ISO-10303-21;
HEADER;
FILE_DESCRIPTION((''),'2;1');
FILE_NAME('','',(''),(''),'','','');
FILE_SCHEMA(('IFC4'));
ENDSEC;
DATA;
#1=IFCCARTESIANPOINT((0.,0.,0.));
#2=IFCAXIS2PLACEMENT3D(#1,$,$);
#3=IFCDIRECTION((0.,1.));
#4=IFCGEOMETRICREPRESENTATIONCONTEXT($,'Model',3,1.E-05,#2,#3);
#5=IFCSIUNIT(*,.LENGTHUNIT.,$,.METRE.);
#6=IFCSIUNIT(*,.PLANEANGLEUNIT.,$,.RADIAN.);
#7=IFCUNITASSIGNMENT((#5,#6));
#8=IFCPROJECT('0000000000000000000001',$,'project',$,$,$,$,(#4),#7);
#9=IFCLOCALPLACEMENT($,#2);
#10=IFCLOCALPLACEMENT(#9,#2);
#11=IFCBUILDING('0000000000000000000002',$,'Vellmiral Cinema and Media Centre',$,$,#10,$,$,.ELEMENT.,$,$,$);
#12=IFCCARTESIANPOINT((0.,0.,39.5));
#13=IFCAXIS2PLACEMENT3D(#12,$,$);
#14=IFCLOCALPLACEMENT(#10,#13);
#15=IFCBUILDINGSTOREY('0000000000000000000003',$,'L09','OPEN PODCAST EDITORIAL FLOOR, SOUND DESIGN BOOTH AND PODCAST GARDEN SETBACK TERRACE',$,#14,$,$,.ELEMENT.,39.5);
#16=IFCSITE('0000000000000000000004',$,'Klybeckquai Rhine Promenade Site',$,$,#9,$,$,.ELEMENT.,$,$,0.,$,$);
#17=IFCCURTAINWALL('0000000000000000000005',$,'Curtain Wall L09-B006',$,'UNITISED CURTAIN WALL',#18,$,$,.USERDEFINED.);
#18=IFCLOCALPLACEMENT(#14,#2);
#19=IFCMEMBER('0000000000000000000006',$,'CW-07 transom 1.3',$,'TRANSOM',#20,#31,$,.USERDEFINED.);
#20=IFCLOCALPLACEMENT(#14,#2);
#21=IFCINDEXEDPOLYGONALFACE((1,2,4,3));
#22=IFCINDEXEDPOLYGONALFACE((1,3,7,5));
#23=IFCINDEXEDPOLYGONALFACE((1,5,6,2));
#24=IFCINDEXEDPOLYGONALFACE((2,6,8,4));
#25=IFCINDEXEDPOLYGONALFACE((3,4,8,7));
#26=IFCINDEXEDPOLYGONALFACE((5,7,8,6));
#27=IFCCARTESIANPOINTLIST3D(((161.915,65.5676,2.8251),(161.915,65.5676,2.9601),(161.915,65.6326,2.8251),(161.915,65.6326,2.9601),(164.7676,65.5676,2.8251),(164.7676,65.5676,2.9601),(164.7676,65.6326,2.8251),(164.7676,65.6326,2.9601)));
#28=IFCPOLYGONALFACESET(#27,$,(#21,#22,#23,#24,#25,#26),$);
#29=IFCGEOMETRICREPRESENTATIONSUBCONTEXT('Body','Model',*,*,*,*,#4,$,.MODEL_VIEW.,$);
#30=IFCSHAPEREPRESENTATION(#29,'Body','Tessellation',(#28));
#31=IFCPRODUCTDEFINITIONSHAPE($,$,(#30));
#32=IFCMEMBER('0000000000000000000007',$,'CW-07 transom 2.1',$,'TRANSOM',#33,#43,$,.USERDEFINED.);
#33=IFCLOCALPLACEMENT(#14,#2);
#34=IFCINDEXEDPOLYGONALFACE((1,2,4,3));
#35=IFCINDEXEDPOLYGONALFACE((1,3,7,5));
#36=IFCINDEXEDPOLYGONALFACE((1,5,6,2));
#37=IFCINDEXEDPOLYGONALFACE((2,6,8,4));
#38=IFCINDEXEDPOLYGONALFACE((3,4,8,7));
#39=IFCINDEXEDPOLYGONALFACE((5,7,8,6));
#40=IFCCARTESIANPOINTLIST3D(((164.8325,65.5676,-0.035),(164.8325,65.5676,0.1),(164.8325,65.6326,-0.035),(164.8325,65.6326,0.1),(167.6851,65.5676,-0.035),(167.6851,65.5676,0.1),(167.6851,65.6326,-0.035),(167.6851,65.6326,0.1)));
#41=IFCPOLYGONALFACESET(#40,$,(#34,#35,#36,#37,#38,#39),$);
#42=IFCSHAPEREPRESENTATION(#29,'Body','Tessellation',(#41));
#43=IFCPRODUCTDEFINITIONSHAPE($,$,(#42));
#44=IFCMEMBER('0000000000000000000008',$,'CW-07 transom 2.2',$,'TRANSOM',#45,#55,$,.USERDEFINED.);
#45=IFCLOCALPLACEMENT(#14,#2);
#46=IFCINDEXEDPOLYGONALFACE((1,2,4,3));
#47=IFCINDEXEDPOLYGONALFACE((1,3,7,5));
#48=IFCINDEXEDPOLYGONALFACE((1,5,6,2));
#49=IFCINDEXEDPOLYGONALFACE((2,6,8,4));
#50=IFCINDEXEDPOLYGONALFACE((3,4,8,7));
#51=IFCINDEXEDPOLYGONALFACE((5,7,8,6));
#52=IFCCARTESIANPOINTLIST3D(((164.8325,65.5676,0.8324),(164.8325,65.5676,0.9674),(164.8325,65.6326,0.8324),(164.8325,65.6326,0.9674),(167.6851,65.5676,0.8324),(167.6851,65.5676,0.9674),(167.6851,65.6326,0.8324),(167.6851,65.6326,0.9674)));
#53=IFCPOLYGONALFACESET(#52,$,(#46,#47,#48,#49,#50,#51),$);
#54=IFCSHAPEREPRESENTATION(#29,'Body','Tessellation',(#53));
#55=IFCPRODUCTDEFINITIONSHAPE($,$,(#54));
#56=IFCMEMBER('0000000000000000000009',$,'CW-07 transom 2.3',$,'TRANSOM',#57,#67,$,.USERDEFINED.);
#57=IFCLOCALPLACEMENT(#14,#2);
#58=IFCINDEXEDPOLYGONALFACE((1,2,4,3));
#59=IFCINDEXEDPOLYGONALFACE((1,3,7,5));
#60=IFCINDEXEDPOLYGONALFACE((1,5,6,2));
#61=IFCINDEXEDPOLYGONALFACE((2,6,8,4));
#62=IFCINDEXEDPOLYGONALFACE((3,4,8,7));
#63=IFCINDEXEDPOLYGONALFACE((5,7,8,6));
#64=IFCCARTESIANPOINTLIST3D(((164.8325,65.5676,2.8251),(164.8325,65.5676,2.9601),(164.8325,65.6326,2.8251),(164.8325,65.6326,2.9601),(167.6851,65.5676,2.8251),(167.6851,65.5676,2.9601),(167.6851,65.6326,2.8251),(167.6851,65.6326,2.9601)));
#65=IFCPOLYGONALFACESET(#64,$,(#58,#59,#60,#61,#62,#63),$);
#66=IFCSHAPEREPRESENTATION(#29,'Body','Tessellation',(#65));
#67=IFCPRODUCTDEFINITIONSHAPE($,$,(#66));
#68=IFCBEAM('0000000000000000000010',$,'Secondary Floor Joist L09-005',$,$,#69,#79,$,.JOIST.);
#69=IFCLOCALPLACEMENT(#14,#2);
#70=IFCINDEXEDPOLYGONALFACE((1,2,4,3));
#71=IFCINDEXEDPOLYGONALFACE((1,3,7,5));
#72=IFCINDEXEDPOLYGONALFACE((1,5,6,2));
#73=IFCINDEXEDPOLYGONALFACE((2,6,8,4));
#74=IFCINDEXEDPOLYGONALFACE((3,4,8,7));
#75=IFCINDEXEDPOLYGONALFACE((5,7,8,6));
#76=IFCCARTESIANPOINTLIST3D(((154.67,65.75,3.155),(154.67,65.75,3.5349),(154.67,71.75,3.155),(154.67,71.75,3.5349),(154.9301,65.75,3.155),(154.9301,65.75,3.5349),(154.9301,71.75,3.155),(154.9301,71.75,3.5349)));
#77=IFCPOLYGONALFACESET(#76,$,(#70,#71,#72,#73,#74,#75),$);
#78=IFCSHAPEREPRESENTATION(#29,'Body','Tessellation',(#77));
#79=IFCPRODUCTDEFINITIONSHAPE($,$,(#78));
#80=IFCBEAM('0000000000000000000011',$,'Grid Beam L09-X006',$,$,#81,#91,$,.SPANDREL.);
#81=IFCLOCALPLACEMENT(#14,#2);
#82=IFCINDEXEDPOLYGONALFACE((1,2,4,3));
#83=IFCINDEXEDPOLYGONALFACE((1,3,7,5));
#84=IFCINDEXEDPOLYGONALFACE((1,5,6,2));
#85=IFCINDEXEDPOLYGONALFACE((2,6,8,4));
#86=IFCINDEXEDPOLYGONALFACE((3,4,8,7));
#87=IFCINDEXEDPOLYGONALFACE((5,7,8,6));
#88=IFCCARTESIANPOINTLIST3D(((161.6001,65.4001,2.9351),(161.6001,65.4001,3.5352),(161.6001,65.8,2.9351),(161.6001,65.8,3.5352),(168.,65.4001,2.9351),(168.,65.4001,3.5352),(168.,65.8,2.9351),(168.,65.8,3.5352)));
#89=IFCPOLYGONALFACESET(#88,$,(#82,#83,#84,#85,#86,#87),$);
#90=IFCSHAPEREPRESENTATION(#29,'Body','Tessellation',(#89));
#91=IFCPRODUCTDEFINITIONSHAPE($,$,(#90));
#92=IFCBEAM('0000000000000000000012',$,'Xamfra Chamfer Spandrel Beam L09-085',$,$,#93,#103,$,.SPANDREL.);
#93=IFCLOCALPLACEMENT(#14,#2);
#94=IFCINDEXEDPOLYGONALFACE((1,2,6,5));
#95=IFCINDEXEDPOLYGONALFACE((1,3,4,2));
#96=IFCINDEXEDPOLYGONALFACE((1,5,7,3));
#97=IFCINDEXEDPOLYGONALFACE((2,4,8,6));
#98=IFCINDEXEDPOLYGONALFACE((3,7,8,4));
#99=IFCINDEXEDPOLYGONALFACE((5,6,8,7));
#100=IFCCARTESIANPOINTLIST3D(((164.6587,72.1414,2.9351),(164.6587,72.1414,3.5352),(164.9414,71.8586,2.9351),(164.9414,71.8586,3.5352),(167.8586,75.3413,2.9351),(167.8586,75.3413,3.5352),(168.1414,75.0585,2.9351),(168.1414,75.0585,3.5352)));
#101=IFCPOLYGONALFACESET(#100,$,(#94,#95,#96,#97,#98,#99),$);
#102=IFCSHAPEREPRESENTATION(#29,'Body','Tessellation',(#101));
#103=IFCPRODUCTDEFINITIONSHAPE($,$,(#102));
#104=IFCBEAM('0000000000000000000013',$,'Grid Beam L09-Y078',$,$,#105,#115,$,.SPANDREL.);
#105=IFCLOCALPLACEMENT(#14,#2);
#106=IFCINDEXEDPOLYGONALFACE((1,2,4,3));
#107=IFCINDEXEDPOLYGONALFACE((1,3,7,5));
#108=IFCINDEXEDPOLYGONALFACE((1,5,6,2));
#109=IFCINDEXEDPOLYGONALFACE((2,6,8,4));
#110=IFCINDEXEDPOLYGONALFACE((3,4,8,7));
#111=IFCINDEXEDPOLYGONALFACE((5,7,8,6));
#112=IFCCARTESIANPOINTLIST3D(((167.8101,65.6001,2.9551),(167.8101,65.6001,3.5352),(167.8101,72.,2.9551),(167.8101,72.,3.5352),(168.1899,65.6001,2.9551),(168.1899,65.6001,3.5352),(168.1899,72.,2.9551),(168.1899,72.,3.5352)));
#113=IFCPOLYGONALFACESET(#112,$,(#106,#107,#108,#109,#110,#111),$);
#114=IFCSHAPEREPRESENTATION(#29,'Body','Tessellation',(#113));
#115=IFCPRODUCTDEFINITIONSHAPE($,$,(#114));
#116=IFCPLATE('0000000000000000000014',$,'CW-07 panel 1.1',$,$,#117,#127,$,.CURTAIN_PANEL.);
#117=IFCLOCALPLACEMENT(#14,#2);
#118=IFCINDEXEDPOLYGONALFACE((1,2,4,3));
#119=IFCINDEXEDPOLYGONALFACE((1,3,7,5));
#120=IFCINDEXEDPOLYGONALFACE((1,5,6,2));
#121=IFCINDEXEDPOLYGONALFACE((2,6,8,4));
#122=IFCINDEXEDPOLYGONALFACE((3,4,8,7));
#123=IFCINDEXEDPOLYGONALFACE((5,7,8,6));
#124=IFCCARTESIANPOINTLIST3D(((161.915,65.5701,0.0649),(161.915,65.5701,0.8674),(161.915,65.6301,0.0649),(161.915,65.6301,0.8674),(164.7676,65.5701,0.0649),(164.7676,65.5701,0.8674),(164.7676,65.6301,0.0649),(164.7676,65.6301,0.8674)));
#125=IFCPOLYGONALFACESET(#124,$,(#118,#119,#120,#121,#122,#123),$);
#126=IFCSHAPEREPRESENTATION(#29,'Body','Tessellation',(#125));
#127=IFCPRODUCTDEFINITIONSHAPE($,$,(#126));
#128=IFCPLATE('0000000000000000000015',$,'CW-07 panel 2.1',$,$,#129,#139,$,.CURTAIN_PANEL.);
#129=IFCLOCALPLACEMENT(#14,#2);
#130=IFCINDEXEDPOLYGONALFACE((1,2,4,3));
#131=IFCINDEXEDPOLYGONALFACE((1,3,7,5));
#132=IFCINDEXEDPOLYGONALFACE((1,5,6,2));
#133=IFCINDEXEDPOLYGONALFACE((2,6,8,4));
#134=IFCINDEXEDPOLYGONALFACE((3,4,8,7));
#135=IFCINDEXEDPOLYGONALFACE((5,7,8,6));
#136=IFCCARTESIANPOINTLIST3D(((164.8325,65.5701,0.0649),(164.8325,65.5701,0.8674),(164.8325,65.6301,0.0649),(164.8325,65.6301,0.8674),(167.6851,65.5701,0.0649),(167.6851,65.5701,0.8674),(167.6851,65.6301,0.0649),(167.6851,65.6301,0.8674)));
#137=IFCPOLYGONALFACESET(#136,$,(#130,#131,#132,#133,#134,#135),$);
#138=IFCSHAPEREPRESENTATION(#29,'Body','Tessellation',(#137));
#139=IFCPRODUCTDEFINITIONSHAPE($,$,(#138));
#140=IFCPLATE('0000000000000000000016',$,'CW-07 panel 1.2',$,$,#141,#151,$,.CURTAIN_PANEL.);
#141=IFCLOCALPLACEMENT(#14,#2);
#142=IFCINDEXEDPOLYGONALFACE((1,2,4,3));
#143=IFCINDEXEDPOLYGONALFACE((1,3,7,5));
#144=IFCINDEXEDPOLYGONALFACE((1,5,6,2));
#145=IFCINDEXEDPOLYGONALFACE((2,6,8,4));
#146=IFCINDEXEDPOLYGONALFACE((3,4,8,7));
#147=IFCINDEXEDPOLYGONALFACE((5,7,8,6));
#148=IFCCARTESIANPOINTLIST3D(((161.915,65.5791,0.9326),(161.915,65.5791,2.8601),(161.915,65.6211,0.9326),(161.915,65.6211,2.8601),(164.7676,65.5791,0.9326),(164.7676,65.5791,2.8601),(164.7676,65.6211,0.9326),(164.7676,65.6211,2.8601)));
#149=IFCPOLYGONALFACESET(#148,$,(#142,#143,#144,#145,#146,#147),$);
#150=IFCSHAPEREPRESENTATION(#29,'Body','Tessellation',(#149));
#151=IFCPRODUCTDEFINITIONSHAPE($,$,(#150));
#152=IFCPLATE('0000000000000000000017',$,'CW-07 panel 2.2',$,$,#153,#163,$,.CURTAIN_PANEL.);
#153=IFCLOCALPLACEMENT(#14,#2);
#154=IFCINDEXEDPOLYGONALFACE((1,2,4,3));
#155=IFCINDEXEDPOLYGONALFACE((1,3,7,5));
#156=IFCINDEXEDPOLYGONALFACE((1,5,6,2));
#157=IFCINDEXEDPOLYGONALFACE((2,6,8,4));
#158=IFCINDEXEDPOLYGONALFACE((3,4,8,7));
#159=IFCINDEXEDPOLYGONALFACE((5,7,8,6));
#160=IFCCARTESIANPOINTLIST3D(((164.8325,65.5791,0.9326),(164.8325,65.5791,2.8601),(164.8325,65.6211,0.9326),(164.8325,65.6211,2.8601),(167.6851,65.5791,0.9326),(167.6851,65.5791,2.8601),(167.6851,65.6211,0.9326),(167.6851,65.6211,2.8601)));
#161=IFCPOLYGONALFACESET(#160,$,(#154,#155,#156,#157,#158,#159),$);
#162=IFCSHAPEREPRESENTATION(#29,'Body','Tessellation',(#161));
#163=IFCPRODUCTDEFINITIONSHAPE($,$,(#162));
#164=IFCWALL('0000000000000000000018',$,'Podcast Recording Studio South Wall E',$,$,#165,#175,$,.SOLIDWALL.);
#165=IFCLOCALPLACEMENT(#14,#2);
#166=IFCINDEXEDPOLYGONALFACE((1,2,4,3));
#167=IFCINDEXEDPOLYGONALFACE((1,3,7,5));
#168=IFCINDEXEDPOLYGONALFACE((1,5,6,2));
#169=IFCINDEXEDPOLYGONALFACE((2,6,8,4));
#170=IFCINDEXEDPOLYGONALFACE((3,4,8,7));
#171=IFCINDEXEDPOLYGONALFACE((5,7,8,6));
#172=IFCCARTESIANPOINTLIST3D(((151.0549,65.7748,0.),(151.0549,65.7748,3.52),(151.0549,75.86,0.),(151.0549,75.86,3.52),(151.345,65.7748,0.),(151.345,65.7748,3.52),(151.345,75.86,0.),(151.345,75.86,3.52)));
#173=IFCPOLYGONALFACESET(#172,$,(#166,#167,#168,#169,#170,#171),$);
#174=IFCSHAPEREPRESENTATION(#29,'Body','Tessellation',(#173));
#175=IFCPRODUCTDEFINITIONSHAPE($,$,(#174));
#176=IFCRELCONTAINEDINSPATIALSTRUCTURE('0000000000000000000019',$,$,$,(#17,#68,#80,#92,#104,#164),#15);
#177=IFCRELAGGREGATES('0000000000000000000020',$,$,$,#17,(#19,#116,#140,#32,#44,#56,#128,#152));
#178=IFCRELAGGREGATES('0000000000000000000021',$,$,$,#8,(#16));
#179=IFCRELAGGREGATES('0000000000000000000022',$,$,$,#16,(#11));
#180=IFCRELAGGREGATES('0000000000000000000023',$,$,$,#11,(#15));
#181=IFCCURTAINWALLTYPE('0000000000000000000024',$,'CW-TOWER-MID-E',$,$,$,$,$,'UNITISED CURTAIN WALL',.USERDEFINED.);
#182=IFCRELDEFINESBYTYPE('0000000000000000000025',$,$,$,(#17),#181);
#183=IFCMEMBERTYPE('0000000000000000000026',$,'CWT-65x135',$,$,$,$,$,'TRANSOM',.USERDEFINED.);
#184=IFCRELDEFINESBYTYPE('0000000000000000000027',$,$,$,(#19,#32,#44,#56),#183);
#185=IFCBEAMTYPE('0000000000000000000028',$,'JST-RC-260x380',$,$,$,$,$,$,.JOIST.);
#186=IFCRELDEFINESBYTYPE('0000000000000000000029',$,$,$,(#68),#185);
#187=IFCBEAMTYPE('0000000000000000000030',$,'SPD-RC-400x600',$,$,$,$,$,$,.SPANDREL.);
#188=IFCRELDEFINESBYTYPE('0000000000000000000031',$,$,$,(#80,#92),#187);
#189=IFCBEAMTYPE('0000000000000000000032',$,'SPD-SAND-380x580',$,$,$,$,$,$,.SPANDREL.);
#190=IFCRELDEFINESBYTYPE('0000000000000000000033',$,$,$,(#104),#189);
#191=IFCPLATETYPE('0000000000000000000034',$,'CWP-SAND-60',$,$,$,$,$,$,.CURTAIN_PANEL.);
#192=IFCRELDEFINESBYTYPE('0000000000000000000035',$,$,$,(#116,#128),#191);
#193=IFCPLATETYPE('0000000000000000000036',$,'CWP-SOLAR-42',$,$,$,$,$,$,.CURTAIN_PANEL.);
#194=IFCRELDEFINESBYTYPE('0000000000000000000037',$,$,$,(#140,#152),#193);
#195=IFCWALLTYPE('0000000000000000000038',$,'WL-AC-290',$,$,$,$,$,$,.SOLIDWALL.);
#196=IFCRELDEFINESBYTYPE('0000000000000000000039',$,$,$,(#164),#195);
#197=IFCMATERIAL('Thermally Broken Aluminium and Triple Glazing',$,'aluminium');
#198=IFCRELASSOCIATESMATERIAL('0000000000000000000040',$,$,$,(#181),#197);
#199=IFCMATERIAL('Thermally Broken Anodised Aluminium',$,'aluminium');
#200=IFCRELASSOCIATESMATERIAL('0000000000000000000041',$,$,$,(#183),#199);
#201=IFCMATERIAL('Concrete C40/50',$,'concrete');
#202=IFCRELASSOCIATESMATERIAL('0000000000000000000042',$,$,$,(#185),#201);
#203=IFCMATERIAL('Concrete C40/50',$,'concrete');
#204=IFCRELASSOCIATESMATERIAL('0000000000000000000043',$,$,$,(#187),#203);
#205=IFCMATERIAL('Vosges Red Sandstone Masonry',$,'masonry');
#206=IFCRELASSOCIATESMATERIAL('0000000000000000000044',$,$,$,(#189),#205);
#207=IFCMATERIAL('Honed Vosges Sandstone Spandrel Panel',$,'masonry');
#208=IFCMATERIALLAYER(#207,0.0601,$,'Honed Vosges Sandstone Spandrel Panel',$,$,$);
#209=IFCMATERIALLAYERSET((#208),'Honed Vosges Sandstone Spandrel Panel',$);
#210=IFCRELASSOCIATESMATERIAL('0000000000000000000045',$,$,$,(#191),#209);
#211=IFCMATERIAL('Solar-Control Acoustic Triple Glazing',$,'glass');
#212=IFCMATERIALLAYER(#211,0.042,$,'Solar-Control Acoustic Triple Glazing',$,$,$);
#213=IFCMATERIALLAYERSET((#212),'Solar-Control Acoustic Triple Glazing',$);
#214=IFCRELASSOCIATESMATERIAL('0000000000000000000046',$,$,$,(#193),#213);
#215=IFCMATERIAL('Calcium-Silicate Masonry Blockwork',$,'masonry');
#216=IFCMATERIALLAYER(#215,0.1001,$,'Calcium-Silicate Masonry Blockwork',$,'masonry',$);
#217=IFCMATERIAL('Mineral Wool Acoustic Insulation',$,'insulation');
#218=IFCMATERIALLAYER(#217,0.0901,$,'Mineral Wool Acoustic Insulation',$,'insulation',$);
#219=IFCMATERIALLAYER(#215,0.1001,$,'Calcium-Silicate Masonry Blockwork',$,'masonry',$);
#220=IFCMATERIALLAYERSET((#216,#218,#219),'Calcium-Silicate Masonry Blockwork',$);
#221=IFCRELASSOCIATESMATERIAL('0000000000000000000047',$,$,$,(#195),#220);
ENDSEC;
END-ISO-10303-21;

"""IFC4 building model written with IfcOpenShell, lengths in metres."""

from ifc_helpers import new_model, si_unit, direction, frame, frame_2d, origin, origin_2d, place, context, subcontext, project, spatial, rectangle, extrude, material, layer, layer_set, material_profile, profile_set, type_object, element, aggregate, save


model = new_model("IFC4")

# Units and contexts
model_context = context("Model", 3, precision=1e-05, world=origin(), true_north=direction((0.0, 1.0)))
body_context = subcontext(model_context, "Body", "Model", "MODEL_VIEW")
ifc_project = project(units=[si_unit("LENGTHUNIT", "METRE"), si_unit("PLANEANGLEUNIT", "RADIAN")], contexts=[model_context])

# Site, building, storey
site_placement = place(None, origin())
site = spatial("IfcSite", under=ifc_project, at=site_placement, Name="Klybeckquai Rhine Promenade Site", CompositionType="ELEMENT", RefElevation=0.0)
building_placement = place(site_placement, origin())
building = spatial("IfcBuilding", under=site, at=building_placement, Name="Vellmiral Cinema and Media Centre", CompositionType="ELEMENT")
storey_placement = place(building_placement, frame((0.0, 0.0, 39.5)))
storey = spatial("IfcBuildingStorey", under=building, at=storey_placement, Name="L09", Description="OPEN PODCAST EDITORIAL FLOOR, SOUND DESIGN BOOTH AND PODCAST GARDEN SETBACK TERRACE", CompositionType="ELEMENT", Elevation=39.5)

# Curtain wall, members
ifc_material_1 = material(Name="Thermally Broken Aluminium and Triple Glazing", Category="aluminium")
curtain_wall_type = type_object("IfcCurtainWallType", Name="CW-TOWER-MID-E", ElementType="UNITISED CURTAIN WALL", PredefinedType="USERDEFINED", material=ifc_material_1)
curtain_wall_placement = place(storey_placement, origin())
curtain_wall = element("IfcCurtainWall", 1, at=curtain_wall_placement, inside=storey, type_object=curtain_wall_type, Name="Curtain Wall L09-B006", ObjectType="UNITISED CURTAIN WALL", PredefinedType="USERDEFINED")
ifc_material_2 = material(Name="Thermally Broken Anodised Aluminium", Category="aluminium")
ifc_material_profile_1 = material_profile(ifc_material_2, rectangle(XDim=0.0649, YDim=0.135, at=origin_2d()), Name="MULL 65x135")
ifc_profile_set_1 = profile_set([ifc_material_profile_1], Name="Thermally Broken Anodised Aluminium")
member_type_1 = type_object("IfcMemberType", Name="CWT-65x135", ElementType="TRANSOM", PredefinedType="USERDEFINED", material=ifc_profile_set_1)
member_1_placement = place(storey_placement, frame((161.915, 65.6001, 2.8926), z_axis=(1.0, 0.0, 0.0), x_axis=(0.0, 1.0, 0.0)))
member_1 = element("IfcMember", 2, at=member_1_placement, type_object=member_type_1, Name="CW-07 transom 1.3", ObjectType="TRANSOM", PredefinedType="USERDEFINED", context=body_context, shape_type="SweptSolid", body=[
    extrude(rectangle(XDim=0.0649, YDim=0.135, at=origin_2d()), origin(), (0.0, 0.0, 1.0), 2.8525),
])
member_2_placement = place(storey_placement, frame((164.8325, 65.6001, 0.0325), z_axis=(1.0, 0.0, 0.0), x_axis=(0.0, 1.0, 0.0)))
member_2 = element("IfcMember", 3, at=member_2_placement, type_object=member_type_1, Name="CW-07 transom 2.1", ObjectType="TRANSOM", PredefinedType="USERDEFINED", context=body_context, shape_type="SweptSolid", body=[
    extrude(rectangle(XDim=0.0649, YDim=0.135, at=origin_2d()), origin(), (0.0, 0.0, 1.0), 2.8525),
])
member_3_placement = place(storey_placement, frame((164.8325, 65.6001, 0.8999), z_axis=(1.0, 0.0, 0.0), x_axis=(0.0, 1.0, 0.0)))
member_3 = element("IfcMember", 4, at=member_3_placement, type_object=member_type_1, Name="CW-07 transom 2.2", ObjectType="TRANSOM", PredefinedType="USERDEFINED", context=body_context, shape_type="SweptSolid", body=[
    extrude(rectangle(XDim=0.0649, YDim=0.135, at=origin_2d()), origin(), (0.0, 0.0, 1.0), 2.8525),
])
member_4_placement = place(storey_placement, frame((164.8325, 65.6001, 2.8926), z_axis=(1.0, 0.0, 0.0), x_axis=(0.0, 1.0, 0.0)))
member_4 = element("IfcMember", 5, at=member_4_placement, type_object=member_type_1, Name="CW-07 transom 2.3", ObjectType="TRANSOM", PredefinedType="USERDEFINED", context=body_context, shape_type="SweptSolid", body=[
    extrude(rectangle(XDim=0.0649, YDim=0.135, at=origin_2d()), origin(), (0.0, 0.0, 1.0), 2.8525),
])

# Beams
ifc_material_3 = material(Name="Concrete C40/50", Category="concrete")
ifc_material_profile_2 = material_profile(ifc_material_3, rectangle(XDim=0.26, YDim=0.3799, at=origin_2d()), Name="RC 260x380")
ifc_profile_set_2 = profile_set([ifc_material_profile_2], Name="Concrete C40/50")
beam_type_1 = type_object("IfcBeamType", Name="JST-RC-260x380", PredefinedType="JOIST", material=ifc_profile_set_2)
beam_1_placement = place(storey_placement, frame((154.8, 65.75, 3.345), z_axis=(0.0, 1.0, 0.0), x_axis=(-1.0, 0.0, 0.0)))
element("IfcBeam", 6, at=beam_1_placement, inside=storey, type_object=beam_type_1, Name="Secondary Floor Joist L09-005", PredefinedType="JOIST", context=body_context, shape_type="SweptSolid", body=[
    extrude(rectangle(XDim=0.26, YDim=0.3799, at=origin_2d()), origin(), (0.0, 0.0, 1.0), 6.0),
])
ifc_material_4 = material(Name="Concrete C40/50", Category="concrete")
ifc_material_profile_3 = material_profile(ifc_material_4, rectangle(XDim=0.3999, YDim=0.6001, at=origin_2d()), Name="RC 400x600")
ifc_profile_set_3 = profile_set([ifc_material_profile_3], Name="Concrete C40/50")
beam_type_2 = type_object("IfcBeamType", Name="SPD-RC-400x600", PredefinedType="SPANDREL", material=ifc_profile_set_3)
beam_2_placement = place(storey_placement, frame((161.6001, 65.6001, 3.2351), z_axis=(1.0, 0.0, 0.0), x_axis=(0.0, 1.0, 0.0)))
element("IfcBeam", 7, at=beam_2_placement, inside=storey, type_object=beam_type_2, Name="Grid Beam L09-X006", PredefinedType="SPANDREL", context=body_context, shape_type="SweptSolid", body=[
    extrude(rectangle(XDim=0.3999, YDim=0.6001, at=origin_2d()), origin(), (0.0, 0.0, 1.0), 6.3999),
])
beam_3_placement = place(storey_placement, frame((164.8, 72.0, 3.2351), z_axis=(0.707107, 0.707107, 0.0), x_axis=(-0.707107, 0.707107, 0.0)))
element("IfcBeam", 8, at=beam_3_placement, inside=storey, type_object=beam_type_2, Name="Xamfra Chamfer Spandrel Beam L09-085", PredefinedType="SPANDREL", context=body_context, shape_type="SweptSolid", body=[
    extrude(rectangle(XDim=0.3999, YDim=0.6001, at=origin_2d()), origin(), (0.0, 0.0, 1.0), 4.5254),
])
ifc_material_5 = material(Name="Vosges Red Sandstone Masonry", Category="masonry")
ifc_material_profile_4 = material_profile(ifc_material_5, rectangle(XDim=0.3799, YDim=0.5801, at=origin_2d()), Name="SAND 380x580")
ifc_profile_set_4 = profile_set([ifc_material_profile_4], Name="Vosges Red Sandstone Masonry")
beam_type_3 = type_object("IfcBeamType", Name="SPD-SAND-380x580", PredefinedType="SPANDREL", material=ifc_profile_set_4)
beam_4_placement = place(storey_placement, frame((168.0, 65.6001, 3.2451), z_axis=(0.0, 1.0, 0.0), x_axis=(-1.0, 0.0, 0.0)))
element("IfcBeam", 9, at=beam_4_placement, inside=storey, type_object=beam_type_3, Name="Grid Beam L09-Y078", PredefinedType="SPANDREL", context=body_context, shape_type="SweptSolid", body=[
    extrude(rectangle(XDim=0.3799, YDim=0.5801, at=origin_2d()), origin(), (0.0, 0.0, 1.0), 6.3999),
])

# Plates
ifc_material_6 = material(Name="Honed Vosges Sandstone Spandrel Panel", Category="masonry")
ifc_layer_1 = layer(ifc_material_6, 0.0601, Name="Honed Vosges Sandstone Spandrel Panel")
ifc_layer_set_1 = layer_set([ifc_layer_1], Name="Honed Vosges Sandstone Spandrel Panel")
plate_type_1 = type_object("IfcPlateType", Name="CWP-SAND-60", PredefinedType="CURTAIN_PANEL", material=ifc_layer_set_1)
plate_1_placement = place(storey_placement, frame((163.3413, 65.6001, 0.0649), z_axis=(0.0, 0.0, 1.0), x_axis=(1.0, 0.0, 0.0)))
plate_1 = element("IfcPlate", 10, at=plate_1_placement, type_object=plate_type_1, Name="CW-07 panel 1.1", PredefinedType="CURTAIN_PANEL", context=body_context, shape_type="SweptSolid", body=[
    extrude(rectangle(XDim=2.8525, YDim=0.0601, at=origin_2d()), origin(), (0.0, 0.0, 1.0), 0.8025),
])
plate_2_placement = place(storey_placement, frame((166.2588, 65.6001, 0.0649), z_axis=(0.0, 0.0, 1.0), x_axis=(1.0, 0.0, 0.0)))
plate_2 = element("IfcPlate", 11, at=plate_2_placement, type_object=plate_type_1, Name="CW-07 panel 2.1", PredefinedType="CURTAIN_PANEL", context=body_context, shape_type="SweptSolid", body=[
    extrude(rectangle(XDim=2.8525, YDim=0.0601, at=origin_2d()), origin(), (0.0, 0.0, 1.0), 0.8025),
])
ifc_material_7 = material(Name="Solar-Control Acoustic Triple Glazing", Category="glass")
ifc_layer_2 = layer(ifc_material_7, 0.042, Name="Solar-Control Acoustic Triple Glazing")
ifc_layer_set_2 = layer_set([ifc_layer_2], Name="Solar-Control Acoustic Triple Glazing")
plate_type_2 = type_object("IfcPlateType", Name="CWP-SOLAR-42", PredefinedType="CURTAIN_PANEL", material=ifc_layer_set_2)
plate_3_placement = place(storey_placement, frame((163.3413, 65.6001, 0.9326), z_axis=(0.0, 0.0, 1.0), x_axis=(1.0, 0.0, 0.0)))
plate_3 = element("IfcPlate", 12, at=plate_3_placement, type_object=plate_type_2, Name="CW-07 panel 1.2", PredefinedType="CURTAIN_PANEL", context=body_context, shape_type="SweptSolid", body=[
    extrude(rectangle(XDim=2.8525, YDim=0.042, at=origin_2d()), origin(), (0.0, 0.0, 1.0), 1.9275),
])
plate_4_placement = place(storey_placement, frame((166.2588, 65.6001, 0.9326), z_axis=(0.0, 0.0, 1.0), x_axis=(1.0, 0.0, 0.0)))
plate_4 = element("IfcPlate", 13, at=plate_4_placement, type_object=plate_type_2, Name="CW-07 panel 2.2", PredefinedType="CURTAIN_PANEL", context=body_context, shape_type="SweptSolid", body=[
    extrude(rectangle(XDim=2.8525, YDim=0.042, at=origin_2d()), origin(), (0.0, 0.0, 1.0), 1.9275),
])
aggregate(curtain_wall, [member_1, plate_1, plate_3, member_2, member_3, member_4, plate_2, plate_4])

# Wall
ifc_material_8 = material(Name="Calcium-Silicate Masonry Blockwork", Category="masonry")
ifc_layer_3 = layer(ifc_material_8, 0.1001, Name="Calcium-Silicate Masonry Blockwork", Category="masonry")
ifc_material_9 = material(Name="Mineral Wool Acoustic Insulation", Category="insulation")
ifc_layer_4 = layer(ifc_material_9, 0.0901, Name="Mineral Wool Acoustic Insulation", Category="insulation")
ifc_layer_5 = layer(ifc_material_8, 0.1001, Name="Calcium-Silicate Masonry Blockwork", Category="masonry")
ifc_layer_set_3 = layer_set([ifc_layer_3, ifc_layer_4, ifc_layer_5], Name="Calcium-Silicate Masonry Blockwork")
wall_type_1 = type_object("IfcWallType", Name="WL-AC-290", PredefinedType="SOLIDWALL", material=ifc_layer_set_3)
wall_1_placement = place(storey_placement, frame((151.2, 65.7749, 0.0), z_axis=(0.0, 0.0, 1.0), x_axis=(0.0, 1.0, 0.0)))
element("IfcWall", 14, at=wall_1_placement, inside=storey, type_object=wall_type_1, Name="Podcast Recording Studio South Wall E", PredefinedType="SOLIDWALL", context=body_context, shape_type="SweptSolid", body=[
    extrude(rectangle(XDim=10.0852, YDim=0.29, at=frame_2d((5.0425, 0.0))), origin(), (0.0, 0.0, 1.0), 3.52),
])

save(model, "model.ifc")
